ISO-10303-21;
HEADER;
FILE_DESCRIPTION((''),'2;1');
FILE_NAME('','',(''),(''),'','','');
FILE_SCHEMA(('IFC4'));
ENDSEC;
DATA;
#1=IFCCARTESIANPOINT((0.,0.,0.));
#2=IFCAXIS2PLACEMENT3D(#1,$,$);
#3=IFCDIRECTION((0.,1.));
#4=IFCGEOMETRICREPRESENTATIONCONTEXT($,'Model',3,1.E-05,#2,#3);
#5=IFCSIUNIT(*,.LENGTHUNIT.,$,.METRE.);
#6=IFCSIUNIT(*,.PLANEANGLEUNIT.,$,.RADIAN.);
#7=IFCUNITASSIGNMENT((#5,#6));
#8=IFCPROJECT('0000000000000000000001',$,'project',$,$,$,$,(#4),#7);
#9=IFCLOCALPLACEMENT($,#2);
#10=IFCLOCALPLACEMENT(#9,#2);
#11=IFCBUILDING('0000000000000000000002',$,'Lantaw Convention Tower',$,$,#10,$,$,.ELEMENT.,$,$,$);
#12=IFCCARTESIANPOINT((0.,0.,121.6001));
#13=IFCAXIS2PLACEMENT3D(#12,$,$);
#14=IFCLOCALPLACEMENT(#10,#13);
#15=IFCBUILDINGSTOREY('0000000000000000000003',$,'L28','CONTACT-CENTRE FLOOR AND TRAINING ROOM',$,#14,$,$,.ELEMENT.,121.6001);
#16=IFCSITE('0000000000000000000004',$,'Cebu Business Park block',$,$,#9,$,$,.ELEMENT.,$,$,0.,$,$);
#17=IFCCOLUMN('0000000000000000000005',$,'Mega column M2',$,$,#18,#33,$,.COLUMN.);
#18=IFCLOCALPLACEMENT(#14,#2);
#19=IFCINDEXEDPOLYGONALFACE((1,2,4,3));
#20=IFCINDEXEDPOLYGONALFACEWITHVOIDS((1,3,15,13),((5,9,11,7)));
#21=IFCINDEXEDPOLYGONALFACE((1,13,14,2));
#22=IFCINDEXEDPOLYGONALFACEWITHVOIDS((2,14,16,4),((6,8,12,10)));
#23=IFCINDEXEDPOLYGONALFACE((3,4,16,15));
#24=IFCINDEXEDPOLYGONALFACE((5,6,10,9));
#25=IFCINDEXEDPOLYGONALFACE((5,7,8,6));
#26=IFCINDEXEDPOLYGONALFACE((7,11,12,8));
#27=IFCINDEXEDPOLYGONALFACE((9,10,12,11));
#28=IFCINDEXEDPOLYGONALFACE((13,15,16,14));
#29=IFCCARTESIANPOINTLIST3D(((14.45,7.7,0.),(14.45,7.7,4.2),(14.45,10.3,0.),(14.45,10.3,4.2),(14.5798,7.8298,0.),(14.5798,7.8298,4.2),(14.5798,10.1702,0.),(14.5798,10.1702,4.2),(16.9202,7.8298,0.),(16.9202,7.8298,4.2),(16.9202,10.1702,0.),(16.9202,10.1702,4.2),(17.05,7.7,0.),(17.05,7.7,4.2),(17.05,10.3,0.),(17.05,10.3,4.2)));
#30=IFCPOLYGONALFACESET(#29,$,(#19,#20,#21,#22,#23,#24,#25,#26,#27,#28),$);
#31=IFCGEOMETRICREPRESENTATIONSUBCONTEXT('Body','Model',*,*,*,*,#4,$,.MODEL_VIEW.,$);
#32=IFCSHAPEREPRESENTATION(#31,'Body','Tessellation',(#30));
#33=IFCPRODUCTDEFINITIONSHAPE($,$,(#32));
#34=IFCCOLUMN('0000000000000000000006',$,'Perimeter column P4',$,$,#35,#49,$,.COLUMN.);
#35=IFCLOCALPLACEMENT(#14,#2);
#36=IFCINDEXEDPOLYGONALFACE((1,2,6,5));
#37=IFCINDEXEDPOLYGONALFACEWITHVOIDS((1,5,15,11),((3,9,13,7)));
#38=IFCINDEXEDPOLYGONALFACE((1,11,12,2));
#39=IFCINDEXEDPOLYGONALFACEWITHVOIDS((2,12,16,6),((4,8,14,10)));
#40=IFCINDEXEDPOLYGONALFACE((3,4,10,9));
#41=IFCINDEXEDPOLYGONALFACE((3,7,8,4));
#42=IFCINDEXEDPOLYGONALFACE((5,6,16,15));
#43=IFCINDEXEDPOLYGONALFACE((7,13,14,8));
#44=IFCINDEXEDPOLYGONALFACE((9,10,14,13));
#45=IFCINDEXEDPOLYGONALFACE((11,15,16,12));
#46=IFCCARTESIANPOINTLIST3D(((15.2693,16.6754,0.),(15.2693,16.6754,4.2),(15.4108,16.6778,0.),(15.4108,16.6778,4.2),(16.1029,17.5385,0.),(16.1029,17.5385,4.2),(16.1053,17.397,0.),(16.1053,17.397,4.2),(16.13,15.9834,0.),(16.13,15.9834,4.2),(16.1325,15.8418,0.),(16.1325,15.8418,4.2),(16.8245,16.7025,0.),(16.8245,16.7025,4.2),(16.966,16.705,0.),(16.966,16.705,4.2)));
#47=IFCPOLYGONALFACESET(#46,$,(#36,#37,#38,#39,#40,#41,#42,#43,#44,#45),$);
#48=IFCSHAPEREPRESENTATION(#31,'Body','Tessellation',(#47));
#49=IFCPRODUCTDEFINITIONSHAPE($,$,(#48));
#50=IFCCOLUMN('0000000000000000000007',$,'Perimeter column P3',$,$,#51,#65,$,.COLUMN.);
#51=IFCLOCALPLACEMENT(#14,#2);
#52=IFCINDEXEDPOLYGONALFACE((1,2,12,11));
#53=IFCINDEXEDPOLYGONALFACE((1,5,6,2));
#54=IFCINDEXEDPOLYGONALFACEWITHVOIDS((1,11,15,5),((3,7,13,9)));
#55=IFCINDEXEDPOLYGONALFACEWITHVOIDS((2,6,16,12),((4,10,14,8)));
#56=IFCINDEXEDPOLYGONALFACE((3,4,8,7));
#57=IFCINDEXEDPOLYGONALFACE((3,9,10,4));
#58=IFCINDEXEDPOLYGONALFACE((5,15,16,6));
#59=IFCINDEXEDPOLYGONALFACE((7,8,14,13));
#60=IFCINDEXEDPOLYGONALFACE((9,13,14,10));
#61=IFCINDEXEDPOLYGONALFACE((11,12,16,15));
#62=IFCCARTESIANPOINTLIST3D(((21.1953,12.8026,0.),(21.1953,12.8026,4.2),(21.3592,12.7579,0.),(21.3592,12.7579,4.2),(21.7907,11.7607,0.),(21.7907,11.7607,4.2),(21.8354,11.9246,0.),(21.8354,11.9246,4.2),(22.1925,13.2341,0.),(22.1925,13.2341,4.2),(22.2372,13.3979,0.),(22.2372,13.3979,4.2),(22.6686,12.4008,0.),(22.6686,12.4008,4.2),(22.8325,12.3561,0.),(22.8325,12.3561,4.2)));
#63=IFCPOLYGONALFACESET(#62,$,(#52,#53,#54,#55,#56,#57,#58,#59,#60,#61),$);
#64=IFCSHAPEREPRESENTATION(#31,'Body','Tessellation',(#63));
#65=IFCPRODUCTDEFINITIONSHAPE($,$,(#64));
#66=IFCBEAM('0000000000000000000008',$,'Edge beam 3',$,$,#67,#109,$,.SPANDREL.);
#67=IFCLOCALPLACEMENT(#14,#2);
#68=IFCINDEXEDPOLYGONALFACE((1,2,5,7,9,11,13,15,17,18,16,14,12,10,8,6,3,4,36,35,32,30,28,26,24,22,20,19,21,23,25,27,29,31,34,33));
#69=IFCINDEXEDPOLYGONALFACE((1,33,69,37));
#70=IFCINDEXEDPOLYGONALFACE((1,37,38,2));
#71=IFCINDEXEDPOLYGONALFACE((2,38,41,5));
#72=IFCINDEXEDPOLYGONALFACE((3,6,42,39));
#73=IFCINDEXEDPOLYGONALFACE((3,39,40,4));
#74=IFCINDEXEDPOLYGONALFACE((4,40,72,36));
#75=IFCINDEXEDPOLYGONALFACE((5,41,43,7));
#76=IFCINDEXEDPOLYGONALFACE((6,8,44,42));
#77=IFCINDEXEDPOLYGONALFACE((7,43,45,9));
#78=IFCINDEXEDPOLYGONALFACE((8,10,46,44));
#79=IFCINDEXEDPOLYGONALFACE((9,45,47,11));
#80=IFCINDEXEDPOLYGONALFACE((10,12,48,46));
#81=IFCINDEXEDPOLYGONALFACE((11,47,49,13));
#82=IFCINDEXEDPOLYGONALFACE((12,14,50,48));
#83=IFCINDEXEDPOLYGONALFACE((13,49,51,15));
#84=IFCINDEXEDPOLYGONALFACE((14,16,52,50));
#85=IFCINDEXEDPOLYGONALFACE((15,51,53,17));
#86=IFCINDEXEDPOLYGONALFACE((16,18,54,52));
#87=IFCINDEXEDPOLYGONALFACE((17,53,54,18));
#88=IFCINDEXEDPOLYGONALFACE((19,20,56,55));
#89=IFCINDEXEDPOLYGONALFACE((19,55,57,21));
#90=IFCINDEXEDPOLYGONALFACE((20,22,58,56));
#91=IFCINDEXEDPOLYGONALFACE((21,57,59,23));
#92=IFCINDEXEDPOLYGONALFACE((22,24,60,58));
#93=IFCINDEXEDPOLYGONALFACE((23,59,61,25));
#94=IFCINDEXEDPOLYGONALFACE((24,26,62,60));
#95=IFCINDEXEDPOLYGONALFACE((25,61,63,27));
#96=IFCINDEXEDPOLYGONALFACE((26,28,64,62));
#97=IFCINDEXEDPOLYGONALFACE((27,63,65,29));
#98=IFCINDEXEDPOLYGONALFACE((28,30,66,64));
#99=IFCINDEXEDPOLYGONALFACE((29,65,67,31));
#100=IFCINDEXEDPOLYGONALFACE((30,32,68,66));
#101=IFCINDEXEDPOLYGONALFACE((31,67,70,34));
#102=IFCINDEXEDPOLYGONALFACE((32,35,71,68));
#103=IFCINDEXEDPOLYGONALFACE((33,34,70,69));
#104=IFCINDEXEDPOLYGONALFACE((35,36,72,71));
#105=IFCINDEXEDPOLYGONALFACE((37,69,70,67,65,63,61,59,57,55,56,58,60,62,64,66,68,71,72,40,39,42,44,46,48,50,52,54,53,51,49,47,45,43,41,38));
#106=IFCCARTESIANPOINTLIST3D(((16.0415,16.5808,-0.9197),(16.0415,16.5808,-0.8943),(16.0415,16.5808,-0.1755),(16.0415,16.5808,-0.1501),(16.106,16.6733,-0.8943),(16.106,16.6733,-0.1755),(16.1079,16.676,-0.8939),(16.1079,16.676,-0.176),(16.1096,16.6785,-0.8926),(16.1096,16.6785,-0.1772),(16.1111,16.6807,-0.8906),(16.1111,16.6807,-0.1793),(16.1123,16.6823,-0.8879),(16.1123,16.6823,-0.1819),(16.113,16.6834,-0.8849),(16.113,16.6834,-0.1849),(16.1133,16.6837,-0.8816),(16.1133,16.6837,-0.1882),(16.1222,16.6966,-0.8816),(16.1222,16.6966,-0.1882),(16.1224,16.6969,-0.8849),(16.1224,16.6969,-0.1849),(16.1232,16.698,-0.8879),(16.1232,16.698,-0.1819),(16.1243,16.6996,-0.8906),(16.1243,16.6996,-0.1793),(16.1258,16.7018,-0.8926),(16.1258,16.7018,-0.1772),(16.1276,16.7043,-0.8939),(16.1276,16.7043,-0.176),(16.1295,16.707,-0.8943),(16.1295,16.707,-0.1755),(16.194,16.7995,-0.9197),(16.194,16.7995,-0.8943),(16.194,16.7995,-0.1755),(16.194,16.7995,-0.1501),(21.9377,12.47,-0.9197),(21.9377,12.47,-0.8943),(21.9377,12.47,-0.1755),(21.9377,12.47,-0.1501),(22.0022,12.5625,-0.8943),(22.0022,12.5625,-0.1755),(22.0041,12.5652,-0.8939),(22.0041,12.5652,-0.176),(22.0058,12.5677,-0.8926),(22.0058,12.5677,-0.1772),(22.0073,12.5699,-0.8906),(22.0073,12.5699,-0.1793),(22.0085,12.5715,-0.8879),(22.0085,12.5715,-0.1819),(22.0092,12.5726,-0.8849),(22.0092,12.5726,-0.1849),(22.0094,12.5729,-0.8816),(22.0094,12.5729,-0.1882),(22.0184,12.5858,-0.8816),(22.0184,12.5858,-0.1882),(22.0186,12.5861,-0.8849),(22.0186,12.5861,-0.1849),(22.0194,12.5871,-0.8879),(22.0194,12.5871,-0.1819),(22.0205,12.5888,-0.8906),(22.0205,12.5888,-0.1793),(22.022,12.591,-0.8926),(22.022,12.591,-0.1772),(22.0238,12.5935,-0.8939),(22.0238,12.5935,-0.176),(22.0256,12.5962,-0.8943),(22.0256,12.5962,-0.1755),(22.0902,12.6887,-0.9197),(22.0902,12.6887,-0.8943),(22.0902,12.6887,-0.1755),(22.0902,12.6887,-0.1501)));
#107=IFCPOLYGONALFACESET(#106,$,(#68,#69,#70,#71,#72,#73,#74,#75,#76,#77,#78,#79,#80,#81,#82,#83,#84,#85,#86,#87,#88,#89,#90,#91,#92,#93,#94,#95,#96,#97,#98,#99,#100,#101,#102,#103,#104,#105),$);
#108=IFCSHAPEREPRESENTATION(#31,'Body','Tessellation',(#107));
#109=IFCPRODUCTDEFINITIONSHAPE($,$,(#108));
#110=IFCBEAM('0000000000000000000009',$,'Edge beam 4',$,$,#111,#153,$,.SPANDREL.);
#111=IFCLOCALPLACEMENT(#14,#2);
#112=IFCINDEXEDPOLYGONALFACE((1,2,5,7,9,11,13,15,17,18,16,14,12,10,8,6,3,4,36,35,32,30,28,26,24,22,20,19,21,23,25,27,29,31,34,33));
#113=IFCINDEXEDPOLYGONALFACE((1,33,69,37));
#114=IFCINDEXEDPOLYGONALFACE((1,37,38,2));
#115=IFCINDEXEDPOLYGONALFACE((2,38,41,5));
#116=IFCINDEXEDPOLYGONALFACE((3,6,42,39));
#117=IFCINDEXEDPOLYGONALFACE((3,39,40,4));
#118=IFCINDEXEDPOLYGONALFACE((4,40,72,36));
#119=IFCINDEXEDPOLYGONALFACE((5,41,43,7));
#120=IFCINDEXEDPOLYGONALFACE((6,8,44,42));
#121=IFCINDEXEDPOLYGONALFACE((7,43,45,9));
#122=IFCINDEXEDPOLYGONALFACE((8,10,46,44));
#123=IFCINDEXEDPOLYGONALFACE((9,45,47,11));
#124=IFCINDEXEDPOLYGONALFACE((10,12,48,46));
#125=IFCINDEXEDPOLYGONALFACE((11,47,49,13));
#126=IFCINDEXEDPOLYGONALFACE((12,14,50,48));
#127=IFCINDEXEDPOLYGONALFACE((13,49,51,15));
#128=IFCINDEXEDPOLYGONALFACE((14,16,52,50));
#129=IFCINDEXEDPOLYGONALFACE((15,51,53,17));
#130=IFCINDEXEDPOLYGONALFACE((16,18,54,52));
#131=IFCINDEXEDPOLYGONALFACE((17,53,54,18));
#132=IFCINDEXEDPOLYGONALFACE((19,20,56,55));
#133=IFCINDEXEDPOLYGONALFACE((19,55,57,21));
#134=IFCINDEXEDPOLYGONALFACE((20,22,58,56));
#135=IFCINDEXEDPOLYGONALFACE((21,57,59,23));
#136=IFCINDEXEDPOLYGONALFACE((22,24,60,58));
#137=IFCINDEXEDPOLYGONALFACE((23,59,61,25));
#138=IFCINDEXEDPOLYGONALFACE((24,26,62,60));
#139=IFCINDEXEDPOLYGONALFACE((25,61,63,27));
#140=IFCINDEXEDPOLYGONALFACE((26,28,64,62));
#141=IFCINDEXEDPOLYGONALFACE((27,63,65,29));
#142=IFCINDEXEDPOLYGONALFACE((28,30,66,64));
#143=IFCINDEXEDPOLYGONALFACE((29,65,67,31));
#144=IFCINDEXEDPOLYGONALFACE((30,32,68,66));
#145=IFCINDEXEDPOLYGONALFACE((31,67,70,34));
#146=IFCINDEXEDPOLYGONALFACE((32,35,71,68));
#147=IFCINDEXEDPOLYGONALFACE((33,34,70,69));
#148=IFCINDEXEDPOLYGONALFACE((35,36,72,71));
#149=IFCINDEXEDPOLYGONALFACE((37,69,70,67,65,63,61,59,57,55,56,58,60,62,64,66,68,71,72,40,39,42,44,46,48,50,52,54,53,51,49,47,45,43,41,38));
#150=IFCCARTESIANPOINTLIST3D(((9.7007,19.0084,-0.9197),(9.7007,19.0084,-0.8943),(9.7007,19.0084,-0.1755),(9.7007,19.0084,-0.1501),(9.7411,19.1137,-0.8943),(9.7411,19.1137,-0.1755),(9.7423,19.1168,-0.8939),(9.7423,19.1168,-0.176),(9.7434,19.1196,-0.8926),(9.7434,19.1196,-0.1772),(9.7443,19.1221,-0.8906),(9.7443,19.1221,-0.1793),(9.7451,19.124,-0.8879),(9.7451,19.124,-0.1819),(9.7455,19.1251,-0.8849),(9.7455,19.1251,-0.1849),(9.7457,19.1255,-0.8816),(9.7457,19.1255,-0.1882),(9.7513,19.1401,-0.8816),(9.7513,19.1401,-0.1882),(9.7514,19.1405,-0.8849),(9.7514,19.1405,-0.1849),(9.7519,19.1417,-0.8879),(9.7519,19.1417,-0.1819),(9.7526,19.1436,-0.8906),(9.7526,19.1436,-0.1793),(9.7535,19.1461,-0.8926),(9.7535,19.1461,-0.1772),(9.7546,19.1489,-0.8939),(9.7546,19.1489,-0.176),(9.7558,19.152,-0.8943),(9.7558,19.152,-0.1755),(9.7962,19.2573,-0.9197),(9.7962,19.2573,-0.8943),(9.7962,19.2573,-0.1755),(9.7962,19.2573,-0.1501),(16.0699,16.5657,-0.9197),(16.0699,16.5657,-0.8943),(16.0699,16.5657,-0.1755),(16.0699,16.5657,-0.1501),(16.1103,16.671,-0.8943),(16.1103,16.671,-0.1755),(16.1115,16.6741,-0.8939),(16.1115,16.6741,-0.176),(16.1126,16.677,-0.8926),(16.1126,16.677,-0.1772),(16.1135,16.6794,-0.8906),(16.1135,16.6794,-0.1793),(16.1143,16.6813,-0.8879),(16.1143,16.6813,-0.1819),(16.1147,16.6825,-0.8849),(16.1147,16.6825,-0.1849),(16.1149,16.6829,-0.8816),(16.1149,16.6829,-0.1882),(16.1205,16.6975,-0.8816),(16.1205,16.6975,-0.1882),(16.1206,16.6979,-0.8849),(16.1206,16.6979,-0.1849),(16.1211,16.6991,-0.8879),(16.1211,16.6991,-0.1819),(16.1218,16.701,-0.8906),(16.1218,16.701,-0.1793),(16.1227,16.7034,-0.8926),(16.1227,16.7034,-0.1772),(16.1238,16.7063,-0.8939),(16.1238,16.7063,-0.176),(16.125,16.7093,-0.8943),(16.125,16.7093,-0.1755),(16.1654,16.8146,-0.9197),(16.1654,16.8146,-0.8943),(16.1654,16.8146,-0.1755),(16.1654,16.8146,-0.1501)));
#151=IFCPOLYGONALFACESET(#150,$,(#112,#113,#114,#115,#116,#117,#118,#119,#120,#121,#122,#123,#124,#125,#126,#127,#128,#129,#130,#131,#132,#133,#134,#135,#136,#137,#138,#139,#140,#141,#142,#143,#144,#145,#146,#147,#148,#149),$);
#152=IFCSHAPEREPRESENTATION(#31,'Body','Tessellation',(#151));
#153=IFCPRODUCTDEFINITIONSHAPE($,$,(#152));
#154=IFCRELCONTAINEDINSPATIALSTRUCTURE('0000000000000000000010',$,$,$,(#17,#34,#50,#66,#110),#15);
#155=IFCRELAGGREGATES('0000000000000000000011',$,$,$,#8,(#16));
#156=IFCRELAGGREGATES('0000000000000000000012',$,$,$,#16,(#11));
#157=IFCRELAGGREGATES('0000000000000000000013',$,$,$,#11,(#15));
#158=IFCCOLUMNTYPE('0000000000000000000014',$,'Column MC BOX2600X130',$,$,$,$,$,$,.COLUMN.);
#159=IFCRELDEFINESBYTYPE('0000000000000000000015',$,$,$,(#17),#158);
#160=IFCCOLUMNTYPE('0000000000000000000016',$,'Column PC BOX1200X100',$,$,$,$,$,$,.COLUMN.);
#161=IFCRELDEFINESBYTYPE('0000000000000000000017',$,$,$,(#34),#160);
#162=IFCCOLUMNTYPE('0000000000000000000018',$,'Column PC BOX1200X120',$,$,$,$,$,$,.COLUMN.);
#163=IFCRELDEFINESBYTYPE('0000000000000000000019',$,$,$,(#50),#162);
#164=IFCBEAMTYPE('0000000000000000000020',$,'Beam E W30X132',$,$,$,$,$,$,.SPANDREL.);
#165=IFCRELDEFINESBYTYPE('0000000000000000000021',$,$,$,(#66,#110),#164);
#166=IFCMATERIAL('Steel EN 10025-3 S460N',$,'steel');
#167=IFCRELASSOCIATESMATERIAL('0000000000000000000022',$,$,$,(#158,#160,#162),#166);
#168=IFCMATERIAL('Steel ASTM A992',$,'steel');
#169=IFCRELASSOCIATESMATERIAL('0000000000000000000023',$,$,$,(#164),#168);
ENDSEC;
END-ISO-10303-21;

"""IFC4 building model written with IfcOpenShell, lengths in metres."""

from ifc_helpers import new_model, si_unit, direction, frame, origin, origin_2d, place, context, subcontext, project, spatial, rectangle, hollow_rectangle, i_section, extrude, material, material_profile, profile_set, type_object, element, save


model = new_model("IFC4")

# Units and contexts
model_context = context("Model", 3, precision=1e-05, world=origin(), true_north=direction((0.0, 1.0)))
body_context = subcontext(model_context, "Body", "Model", "MODEL_VIEW")
ifc_project = project(units=[si_unit("LENGTHUNIT", "METRE"), si_unit("PLANEANGLEUNIT", "RADIAN")], contexts=[model_context])

# Site, building, storey
site_placement = place(None, origin())
site = spatial("IfcSite", under=ifc_project, at=site_placement, Name="Cebu Business Park block", CompositionType="ELEMENT", RefElevation=0.0)
building_placement = place(site_placement, origin())
building = spatial("IfcBuilding", under=site, at=building_placement, Name="Lantaw Convention Tower", CompositionType="ELEMENT")
storey_placement = place(building_placement, frame((0.0, 0.0, 121.6001)))
storey = spatial("IfcBuildingStorey", under=building, at=storey_placement, Name="L28", Description="CONTACT-CENTRE FLOOR AND TRAINING ROOM", CompositionType="ELEMENT", Elevation=121.6001)

# Columns
ifc_material_1 = material(Name="Steel EN 10025-3 S460N", Category="steel")
ifc_material_profile_1 = material_profile(ifc_material_1, hollow_rectangle(XDim=2.6001, YDim=2.6001, WallThickness=0.1299, at=origin_2d()), Name="BOX2600X130")
ifc_material_2 = material(Name="Concrete C60/75", Category="concrete")
ifc_material_profile_2 = material_profile(ifc_material_2, rectangle(XDim=2.3401, YDim=2.3401, at=origin_2d()), Name="Concrete fill of BOX2600X130")
ifc_profile_set_1 = profile_set([ifc_material_profile_1, ifc_material_profile_2], Name="Steel EN 10025-3 S460N")
column_type_1 = type_object("IfcColumnType", Name="Column MC BOX2600X130", PredefinedType="COLUMN", material=ifc_profile_set_1)
column_1_placement = place(storey_placement, frame((15.75, 9.0, 0.0), z_axis=(0.0, 0.0, 1.0), x_axis=(1.0, 0.0, 0.0)))
element("IfcColumn", 1, at=column_1_placement, inside=storey, type_object=column_type_1, Name="Mega column M2", PredefinedType="COLUMN", context=body_context, shape_type="SweptSolid", body=[
    extrude(hollow_rectangle(XDim=2.6001, YDim=2.6001, WallThickness=0.1299, at=origin_2d()), origin(), (0.0, 0.0, 1.0), 4.2),
])
ifc_material_profile_3 = material_profile(ifc_material_1, hollow_rectangle(XDim=1.2, YDim=1.2, WallThickness=0.1001, at=origin_2d()), Name="BOX1200X100")
ifc_material_profile_4 = material_profile(ifc_material_2, rectangle(XDim=1.0, YDim=1.0, at=origin_2d()), Name="Concrete fill of BOX1200X100")
ifc_profile_set_2 = profile_set([ifc_material_profile_3, ifc_material_profile_4], Name="Steel EN 10025-3 S460N")
column_type_2 = type_object("IfcColumnType", Name="Column PC BOX1200X100", PredefinedType="COLUMN", material=ifc_profile_set_2)
column_2_placement = place(storey_placement, frame((16.1177, 16.6902, 0.0), z_axis=(0.0, 0.0, 1.0), x_axis=(0.694658, 0.71934, 0.0)))
element("IfcColumn", 2, at=column_2_placement, inside=storey, type_object=column_type_2, Name="Perimeter column P4", PredefinedType="COLUMN", context=body_context, shape_type="SweptSolid", body=[
    extrude(hollow_rectangle(XDim=1.2, YDim=1.2, WallThickness=0.1001, at=origin_2d()), origin(), (0.0, 0.0, 1.0), 4.2),
])
ifc_material_profile_5 = material_profile(ifc_material_1, hollow_rectangle(XDim=1.2, YDim=1.2, WallThickness=0.1201, at=origin_2d()), Name="BOX1200X120")
ifc_material_profile_6 = material_profile(ifc_material_2, rectangle(XDim=0.96, YDim=0.96, at=origin_2d()), Name="Concrete fill of BOX1200X120")
ifc_profile_set_3 = profile_set([ifc_material_profile_5, ifc_material_profile_6], Name="Steel EN 10025-3 S460N")
column_type_3 = type_object("IfcColumnType", Name="Column PC BOX1200X120", PredefinedType="COLUMN", material=ifc_profile_set_3)
column_3_placement = place(storey_placement, frame((22.0139, 12.5793, 0.0), z_axis=(0.0, 0.0, 1.0), x_axis=(0.868243, 0.496139, 0.0)))
element("IfcColumn", 3, at=column_3_placement, inside=storey, type_object=column_type_3, Name="Perimeter column P3", PredefinedType="COLUMN", context=body_context, shape_type="SweptSolid", body=[
    extrude(hollow_rectangle(XDim=1.2, YDim=1.2, WallThickness=0.1201, at=origin_2d()), origin(), (0.0, 0.0, 1.0), 4.2),
])

# Beams
ifc_material_3 = material(Name="Steel ASTM A992", Category="steel")
ifc_material_profile_7 = material_profile(ifc_material_3, i_section(OverallWidth=0.2666, OverallDepth=0.7695, WebThickness=0.0156, FlangeThickness=0.0254, FilletRadius=0.0127, at=origin_2d()), Name="W30X132")
ifc_profile_set_4 = profile_set([ifc_material_profile_7], Name="Steel ASTM A992")
beam_type_1 = type_object("IfcBeamType", Name="Beam E W30X132", PredefinedType="SPANDREL", material=ifc_profile_set_4)
beam_1_placement = place(storey_placement, frame((22.0139, 12.5793, -0.5349), z_axis=(-0.820311, 0.571918, 0.0), x_axis=(-0.571918, -0.820311, 0.0)))
element("IfcBeam", 4, at=beam_1_placement, inside=storey, type_object=beam_type_1, Name="Edge beam 3", PredefinedType="SPANDREL", context=body_context, shape_type="SweptSolid", body=[
    extrude(i_section(OverallWidth=0.2666, OverallDepth=0.7695, WebThickness=0.0156, FlangeThickness=0.0254, FilletRadius=0.0127, at=origin_2d()), origin(), (0.0, 0.0, 1.0), 7.1877),
])
beam_2_placement = place(storey_placement, frame((16.1177, 16.6902, -0.5349), z_axis=(-0.933691, 0.35808, 0.0), x_axis=(-0.35808, -0.933691, 0.0)))
element("IfcBeam", 5, at=beam_2_placement, inside=storey, type_object=beam_type_1, Name="Edge beam 4", PredefinedType="SPANDREL", context=body_context, shape_type="SweptSolid", body=[
    extrude(i_section(OverallWidth=0.2666, OverallDepth=0.7695, WebThickness=0.0156, FlangeThickness=0.0254, FilletRadius=0.0127, at=origin_2d()), origin(), (0.0, 0.0, 1.0), 6.8215),
])

save(model, "model.ifc")
